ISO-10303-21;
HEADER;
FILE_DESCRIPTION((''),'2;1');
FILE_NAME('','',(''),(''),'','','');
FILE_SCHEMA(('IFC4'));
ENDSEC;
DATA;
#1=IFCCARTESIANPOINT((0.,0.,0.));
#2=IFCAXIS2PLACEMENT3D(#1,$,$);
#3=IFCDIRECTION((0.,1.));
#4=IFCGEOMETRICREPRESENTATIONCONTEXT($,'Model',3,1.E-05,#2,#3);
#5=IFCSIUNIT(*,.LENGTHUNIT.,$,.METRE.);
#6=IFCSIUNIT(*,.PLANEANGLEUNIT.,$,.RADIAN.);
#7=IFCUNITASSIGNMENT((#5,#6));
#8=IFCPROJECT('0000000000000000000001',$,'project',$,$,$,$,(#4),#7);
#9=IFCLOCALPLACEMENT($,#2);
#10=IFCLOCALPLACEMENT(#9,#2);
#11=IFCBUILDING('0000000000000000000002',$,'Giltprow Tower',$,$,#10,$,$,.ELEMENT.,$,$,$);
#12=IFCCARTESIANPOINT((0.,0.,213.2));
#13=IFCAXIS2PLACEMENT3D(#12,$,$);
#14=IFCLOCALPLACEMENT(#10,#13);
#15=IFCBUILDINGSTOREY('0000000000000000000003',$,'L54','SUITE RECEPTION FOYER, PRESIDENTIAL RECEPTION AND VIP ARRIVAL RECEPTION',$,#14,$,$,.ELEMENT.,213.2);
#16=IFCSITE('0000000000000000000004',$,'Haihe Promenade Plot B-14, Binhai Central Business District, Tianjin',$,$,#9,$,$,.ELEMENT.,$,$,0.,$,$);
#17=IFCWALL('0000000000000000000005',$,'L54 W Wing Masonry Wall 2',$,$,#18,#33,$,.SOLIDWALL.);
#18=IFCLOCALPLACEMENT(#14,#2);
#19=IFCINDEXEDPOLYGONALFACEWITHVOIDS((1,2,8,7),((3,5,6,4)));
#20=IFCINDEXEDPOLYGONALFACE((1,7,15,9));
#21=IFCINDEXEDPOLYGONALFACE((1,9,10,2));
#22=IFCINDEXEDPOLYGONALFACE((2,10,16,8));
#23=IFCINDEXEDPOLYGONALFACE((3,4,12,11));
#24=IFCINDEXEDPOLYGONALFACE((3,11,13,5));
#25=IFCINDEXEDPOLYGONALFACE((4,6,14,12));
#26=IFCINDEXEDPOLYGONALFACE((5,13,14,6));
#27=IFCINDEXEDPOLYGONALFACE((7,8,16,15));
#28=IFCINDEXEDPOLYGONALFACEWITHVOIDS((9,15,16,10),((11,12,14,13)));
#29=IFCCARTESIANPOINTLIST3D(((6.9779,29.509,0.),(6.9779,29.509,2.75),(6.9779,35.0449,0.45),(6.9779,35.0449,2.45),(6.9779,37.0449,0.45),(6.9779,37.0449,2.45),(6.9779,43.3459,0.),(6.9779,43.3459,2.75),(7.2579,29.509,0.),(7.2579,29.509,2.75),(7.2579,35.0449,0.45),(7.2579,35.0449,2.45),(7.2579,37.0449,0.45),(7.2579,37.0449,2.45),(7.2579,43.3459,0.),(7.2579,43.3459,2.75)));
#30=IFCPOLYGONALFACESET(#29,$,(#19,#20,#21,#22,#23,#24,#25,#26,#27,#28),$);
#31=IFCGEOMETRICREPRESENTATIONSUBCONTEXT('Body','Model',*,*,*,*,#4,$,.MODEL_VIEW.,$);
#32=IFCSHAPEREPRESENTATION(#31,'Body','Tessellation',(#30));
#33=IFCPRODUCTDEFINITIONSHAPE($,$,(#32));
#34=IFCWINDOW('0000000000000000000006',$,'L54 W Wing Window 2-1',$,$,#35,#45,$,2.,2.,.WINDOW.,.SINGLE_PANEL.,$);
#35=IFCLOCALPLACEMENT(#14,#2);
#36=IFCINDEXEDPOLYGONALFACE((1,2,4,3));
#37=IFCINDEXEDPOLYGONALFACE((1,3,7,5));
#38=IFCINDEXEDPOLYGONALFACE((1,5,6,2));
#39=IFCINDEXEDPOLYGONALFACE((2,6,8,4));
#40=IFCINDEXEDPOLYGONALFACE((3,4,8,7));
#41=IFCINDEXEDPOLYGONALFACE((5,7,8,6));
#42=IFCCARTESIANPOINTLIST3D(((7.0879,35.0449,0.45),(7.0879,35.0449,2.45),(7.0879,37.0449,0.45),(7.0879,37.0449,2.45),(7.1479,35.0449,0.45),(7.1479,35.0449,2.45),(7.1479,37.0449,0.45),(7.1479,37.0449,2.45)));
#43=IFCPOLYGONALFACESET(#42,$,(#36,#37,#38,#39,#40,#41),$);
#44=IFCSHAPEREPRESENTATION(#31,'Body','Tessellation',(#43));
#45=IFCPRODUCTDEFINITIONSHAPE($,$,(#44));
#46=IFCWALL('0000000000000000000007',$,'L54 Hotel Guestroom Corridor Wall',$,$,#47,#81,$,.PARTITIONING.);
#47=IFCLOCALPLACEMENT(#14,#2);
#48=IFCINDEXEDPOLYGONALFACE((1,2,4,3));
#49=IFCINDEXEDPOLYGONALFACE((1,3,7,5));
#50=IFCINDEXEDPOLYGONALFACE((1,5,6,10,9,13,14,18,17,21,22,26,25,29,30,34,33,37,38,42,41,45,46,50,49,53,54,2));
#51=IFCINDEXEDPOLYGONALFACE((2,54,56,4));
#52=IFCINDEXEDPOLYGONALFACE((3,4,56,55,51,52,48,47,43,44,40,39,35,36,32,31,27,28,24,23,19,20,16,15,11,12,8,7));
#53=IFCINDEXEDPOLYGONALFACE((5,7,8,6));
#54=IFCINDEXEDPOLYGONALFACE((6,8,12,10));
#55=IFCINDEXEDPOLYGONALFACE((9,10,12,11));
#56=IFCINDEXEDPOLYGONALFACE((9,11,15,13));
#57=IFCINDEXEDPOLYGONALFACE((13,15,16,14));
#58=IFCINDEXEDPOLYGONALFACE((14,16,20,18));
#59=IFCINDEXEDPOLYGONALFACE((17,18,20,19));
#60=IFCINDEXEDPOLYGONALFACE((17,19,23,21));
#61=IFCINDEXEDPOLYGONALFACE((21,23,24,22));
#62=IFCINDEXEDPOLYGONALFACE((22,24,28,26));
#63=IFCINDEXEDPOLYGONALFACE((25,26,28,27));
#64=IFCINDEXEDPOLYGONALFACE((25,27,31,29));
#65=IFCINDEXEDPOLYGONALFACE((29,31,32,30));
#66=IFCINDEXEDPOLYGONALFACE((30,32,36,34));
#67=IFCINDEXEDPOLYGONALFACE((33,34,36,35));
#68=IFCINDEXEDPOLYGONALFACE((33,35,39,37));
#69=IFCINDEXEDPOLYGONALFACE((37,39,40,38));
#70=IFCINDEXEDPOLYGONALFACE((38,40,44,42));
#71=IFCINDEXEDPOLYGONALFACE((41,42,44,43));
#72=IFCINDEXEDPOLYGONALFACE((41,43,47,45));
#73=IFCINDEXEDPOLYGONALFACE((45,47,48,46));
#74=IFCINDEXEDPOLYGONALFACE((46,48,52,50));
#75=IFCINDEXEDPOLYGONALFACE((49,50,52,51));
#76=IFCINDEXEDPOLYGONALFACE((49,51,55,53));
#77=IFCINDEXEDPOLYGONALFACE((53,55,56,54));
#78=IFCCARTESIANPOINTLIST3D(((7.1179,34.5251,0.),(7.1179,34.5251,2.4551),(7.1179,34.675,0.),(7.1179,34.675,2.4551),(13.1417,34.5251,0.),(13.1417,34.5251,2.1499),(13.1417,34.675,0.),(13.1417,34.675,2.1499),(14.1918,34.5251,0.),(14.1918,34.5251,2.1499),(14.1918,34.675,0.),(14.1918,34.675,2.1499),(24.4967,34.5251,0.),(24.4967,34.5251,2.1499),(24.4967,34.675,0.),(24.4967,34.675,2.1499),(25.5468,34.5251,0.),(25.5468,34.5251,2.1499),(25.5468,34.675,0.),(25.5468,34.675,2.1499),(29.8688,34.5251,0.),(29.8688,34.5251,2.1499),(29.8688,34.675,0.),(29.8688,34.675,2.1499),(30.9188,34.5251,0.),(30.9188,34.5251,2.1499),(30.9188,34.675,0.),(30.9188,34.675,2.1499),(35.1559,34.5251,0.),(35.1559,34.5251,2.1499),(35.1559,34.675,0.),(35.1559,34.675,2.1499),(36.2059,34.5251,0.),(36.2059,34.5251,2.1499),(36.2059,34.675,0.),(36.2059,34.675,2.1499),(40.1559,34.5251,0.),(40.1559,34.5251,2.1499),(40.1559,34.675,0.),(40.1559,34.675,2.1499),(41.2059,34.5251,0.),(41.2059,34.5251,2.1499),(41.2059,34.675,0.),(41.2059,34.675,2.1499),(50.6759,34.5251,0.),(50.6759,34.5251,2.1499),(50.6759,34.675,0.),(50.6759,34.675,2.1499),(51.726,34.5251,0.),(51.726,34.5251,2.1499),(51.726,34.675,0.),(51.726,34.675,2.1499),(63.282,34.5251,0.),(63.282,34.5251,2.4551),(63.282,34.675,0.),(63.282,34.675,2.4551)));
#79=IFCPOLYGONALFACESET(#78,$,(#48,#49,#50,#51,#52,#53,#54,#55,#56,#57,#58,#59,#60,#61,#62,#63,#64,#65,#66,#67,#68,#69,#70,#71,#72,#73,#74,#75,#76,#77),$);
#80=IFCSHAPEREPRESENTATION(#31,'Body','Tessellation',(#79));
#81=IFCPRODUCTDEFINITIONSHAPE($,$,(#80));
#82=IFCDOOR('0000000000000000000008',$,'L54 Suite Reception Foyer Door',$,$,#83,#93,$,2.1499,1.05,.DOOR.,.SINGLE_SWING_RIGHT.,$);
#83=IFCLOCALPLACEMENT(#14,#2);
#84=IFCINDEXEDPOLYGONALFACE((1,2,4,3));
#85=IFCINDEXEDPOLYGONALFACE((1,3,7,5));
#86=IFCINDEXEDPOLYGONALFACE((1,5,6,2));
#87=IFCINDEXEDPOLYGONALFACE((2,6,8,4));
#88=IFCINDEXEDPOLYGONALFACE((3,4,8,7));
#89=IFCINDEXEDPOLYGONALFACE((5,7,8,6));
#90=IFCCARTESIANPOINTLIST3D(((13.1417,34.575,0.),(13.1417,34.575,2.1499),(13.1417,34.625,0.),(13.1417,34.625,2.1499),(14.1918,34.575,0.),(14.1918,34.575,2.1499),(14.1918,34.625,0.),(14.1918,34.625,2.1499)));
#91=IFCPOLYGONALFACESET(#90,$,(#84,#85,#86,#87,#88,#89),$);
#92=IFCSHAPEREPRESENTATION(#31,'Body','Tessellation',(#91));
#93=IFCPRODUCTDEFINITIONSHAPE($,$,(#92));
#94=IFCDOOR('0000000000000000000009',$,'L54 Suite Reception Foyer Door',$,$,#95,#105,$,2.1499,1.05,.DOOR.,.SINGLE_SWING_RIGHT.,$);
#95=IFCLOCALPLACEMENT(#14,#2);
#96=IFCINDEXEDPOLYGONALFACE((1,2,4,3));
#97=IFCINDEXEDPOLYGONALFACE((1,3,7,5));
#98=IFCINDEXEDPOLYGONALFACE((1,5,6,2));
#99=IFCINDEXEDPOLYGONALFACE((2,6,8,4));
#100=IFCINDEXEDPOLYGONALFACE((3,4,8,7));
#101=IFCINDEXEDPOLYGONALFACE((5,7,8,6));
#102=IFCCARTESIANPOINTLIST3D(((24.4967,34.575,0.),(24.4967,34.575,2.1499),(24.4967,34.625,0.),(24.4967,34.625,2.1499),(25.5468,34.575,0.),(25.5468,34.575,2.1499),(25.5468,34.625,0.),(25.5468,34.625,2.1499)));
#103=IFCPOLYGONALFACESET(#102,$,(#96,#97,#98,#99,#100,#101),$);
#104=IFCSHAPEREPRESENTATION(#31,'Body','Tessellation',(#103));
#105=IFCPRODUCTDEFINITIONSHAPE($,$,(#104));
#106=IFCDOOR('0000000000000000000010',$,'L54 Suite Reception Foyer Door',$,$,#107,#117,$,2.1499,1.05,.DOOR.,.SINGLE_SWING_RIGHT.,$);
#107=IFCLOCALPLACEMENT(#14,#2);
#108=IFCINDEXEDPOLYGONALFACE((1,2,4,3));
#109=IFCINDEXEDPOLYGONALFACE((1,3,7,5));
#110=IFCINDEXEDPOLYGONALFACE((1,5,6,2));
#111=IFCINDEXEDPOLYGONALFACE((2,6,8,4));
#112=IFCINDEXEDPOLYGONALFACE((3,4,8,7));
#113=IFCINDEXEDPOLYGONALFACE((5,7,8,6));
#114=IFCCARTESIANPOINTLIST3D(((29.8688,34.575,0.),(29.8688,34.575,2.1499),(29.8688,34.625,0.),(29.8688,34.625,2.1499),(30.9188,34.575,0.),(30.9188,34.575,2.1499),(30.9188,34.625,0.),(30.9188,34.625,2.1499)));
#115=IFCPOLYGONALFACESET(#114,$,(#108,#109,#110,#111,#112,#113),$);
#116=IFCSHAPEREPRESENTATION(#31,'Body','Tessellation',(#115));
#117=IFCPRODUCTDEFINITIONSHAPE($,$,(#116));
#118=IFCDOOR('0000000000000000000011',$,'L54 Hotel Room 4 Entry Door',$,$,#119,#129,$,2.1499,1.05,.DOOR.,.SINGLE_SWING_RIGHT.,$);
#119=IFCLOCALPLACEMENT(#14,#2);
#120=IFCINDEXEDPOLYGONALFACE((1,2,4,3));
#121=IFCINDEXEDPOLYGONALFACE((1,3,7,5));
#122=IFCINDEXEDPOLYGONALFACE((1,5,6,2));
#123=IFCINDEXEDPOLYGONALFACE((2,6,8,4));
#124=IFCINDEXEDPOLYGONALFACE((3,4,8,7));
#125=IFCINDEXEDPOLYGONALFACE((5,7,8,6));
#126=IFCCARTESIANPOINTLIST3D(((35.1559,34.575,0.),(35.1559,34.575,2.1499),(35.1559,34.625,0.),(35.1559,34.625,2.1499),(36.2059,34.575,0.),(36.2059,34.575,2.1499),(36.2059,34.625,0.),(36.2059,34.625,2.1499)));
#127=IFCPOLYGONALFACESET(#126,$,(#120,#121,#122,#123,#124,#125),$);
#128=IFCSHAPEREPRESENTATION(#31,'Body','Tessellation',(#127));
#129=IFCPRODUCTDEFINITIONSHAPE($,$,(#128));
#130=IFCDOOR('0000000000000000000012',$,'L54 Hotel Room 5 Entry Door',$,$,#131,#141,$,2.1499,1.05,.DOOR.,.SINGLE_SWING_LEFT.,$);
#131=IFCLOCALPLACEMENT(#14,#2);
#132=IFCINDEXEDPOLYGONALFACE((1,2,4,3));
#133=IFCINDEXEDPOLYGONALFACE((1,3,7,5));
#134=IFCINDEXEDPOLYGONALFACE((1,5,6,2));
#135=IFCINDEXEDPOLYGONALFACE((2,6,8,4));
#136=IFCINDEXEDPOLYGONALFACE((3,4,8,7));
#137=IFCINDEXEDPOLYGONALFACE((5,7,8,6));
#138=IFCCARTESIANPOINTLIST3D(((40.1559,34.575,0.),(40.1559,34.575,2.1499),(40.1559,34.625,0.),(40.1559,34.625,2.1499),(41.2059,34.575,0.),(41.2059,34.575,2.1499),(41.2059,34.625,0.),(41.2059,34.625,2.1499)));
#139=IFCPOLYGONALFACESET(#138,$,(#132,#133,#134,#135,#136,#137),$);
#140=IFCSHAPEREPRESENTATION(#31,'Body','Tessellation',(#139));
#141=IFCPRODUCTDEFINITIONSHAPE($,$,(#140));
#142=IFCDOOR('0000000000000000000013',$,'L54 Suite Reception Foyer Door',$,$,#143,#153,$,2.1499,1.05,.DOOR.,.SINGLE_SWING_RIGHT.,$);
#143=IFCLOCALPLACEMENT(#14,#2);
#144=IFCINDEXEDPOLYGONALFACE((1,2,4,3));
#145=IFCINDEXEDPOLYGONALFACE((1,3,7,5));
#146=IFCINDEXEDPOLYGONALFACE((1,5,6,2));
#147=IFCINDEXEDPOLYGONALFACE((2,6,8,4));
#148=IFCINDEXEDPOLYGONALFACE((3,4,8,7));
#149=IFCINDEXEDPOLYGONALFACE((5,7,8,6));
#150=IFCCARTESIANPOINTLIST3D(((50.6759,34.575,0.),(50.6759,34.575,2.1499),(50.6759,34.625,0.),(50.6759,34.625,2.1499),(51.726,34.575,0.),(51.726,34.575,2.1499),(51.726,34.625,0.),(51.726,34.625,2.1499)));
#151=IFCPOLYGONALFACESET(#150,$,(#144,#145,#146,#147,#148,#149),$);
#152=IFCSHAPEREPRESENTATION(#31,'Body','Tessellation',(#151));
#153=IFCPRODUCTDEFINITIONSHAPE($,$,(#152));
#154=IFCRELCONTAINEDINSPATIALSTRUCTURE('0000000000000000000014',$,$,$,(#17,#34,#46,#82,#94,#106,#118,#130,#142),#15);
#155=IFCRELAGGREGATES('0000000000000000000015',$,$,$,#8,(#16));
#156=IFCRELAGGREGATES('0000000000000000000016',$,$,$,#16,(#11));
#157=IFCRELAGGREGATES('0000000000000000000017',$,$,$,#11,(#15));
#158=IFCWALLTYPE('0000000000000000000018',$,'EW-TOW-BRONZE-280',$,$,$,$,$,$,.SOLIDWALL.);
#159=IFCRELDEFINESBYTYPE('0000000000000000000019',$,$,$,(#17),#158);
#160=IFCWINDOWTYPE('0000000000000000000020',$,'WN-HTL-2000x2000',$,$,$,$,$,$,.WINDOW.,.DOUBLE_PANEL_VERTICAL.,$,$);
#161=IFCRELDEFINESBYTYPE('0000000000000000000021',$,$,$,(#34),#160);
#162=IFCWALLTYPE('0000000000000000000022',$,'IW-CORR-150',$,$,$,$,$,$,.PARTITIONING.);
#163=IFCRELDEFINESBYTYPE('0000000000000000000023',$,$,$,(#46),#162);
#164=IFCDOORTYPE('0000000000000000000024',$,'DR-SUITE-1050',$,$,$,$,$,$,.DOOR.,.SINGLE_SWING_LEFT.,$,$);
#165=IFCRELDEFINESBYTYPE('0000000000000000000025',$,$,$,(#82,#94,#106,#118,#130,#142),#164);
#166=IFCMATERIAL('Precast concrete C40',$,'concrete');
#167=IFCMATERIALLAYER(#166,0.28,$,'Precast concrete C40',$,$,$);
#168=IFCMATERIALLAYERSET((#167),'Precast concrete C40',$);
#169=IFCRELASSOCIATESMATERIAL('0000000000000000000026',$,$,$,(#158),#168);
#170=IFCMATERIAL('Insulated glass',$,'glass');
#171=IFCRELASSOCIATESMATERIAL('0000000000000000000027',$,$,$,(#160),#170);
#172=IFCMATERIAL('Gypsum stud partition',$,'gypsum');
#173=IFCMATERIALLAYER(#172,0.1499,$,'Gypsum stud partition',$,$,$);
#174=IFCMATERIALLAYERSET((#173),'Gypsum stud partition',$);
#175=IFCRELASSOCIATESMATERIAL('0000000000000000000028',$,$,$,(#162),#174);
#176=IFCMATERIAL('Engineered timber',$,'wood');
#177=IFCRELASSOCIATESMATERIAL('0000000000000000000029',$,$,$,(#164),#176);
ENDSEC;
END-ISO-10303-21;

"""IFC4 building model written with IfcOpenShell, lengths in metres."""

from ifc_helpers import new_model, si_unit, direction, frame, frame_2d, origin, place, context, subcontext, project, spatial, rectangle, extrude, source, transform, mapped, material, layer, layer_set, type_object, element, fill, save


model = new_model("IFC4")

# Units and contexts
model_context = context("Model", 3, precision=1e-05, world=origin(), true_north=direction((0.0, 1.0)))
body_context = subcontext(model_context, "Body", "Model", "MODEL_VIEW")
ifc_project = project(units=[si_unit("LENGTHUNIT", "METRE"), si_unit("PLANEANGLEUNIT", "RADIAN")], contexts=[model_context])

# Site, building, storey
site_placement = place(None, origin())
site = spatial("IfcSite", under=ifc_project, at=site_placement, Name="Haihe Promenade Plot B-14, Binhai Central Business District, Tianjin", CompositionType="ELEMENT", RefElevation=0.0)
building_placement = place(site_placement, origin())
building = spatial("IfcBuilding", under=site, at=building_placement, Name="Giltprow Tower", CompositionType="ELEMENT")
storey_placement = place(building_placement, frame((0.0, 0.0, 213.2)))
storey = spatial("IfcBuildingStorey", under=building, at=storey_placement, Name="L54", Description="SUITE RECEPTION FOYER, PRESIDENTIAL RECEPTION AND VIP ARRIVAL RECEPTION", CompositionType="ELEMENT", Elevation=213.2)

# Wall, opening, window
ifc_material_1 = material(Name="Precast concrete C40", Category="concrete")
ifc_layer_1 = layer(ifc_material_1, 0.28, Name="Precast concrete C40")
ifc_layer_set_1 = layer_set([ifc_layer_1], Name="Precast concrete C40")
wall_type_1 = type_object("IfcWallType", Name="EW-TOW-BRONZE-280", PredefinedType="SOLIDWALL", material=ifc_layer_set_1)
wall_1_placement = place(storey_placement, frame((7.1179, 29.509, 0.0), z_axis=(0.0, 0.0, 1.0), x_axis=(0.0, 1.0, 0.0)))
wall_1 = element("IfcWall", 1, at=wall_1_placement, inside=storey, type_object=wall_type_1, Name="L54 W Wing Masonry Wall 2", PredefinedType="SOLIDWALL", context=body_context, shape_type="SweptSolid", body=[
    extrude(rectangle(XDim=13.8369, YDim=0.28, at=frame_2d((6.9185, 0.0))), origin(), (0.0, 0.0, 1.0), 2.75),
])
opening_1_placement = place(wall_1_placement, frame((5.5359, 0.0, 0.45)))
opening_1 = element("IfcOpeningElement", 2, at=opening_1_placement, cuts=wall_1, PredefinedType="OPENING", context=body_context, shape_type="SweptSolid", body=[
    extrude(rectangle(XDim=2.0, YDim=2.0, at=frame_2d((1.0, 1.0))), frame((0.0, 0.1499, 0.0), z_axis=(0.0, -1.0, 0.0), x_axis=(1.0, 0.0, 0.0)), (0.0, 0.0, 1.0), 0.3),
])
ifc_material_2 = material(Name="Insulated glass", Category="glass")
window_type = type_object("IfcWindowType", Name="WN-HTL-2000x2000", PartitioningType="DOUBLE_PANEL_VERTICAL", PredefinedType="WINDOW", material=ifc_material_2)
shared_shape_1 = source(origin(), body_context, "Body", "SweptSolid", [
    extrude(rectangle(XDim=2.0, YDim=2.0, at=frame_2d((1.0, 1.0))), frame((0.0, 0.03, 0.0), z_axis=(0.0, -1.0, 0.0), x_axis=(1.0, 0.0, 0.0)), (0.0, 0.0, 1.0), 0.0601),
])
window_placement = place(opening_1_placement, origin())
window = element("IfcWindow", 3, at=window_placement, inside=storey, type_object=window_type, Name="L54 W Wing Window 2-1", OverallHeight=2.0, OverallWidth=2.0, PartitioningType="SINGLE_PANEL", PredefinedType="WINDOW", context=body_context, shape_type="MappedRepresentation", body=[
    mapped(shared_shape_1, transform((0.0, 0.0, 0.0), x_axis=(1.0, 0.0, 0.0), y_axis=(0.0, 1.0, 0.0), z_axis=(0.0, 0.0, 1.0), scale=1.0)),
])
fill(opening_1, window)

# Wall, openings, doors
ifc_material_3 = material(Name="Gypsum stud partition", Category="gypsum")
ifc_layer_2 = layer(ifc_material_3, 0.1499, Name="Gypsum stud partition")
ifc_layer_set_2 = layer_set([ifc_layer_2], Name="Gypsum stud partition")
wall_type_2 = type_object("IfcWallType", Name="IW-CORR-150", PredefinedType="PARTITIONING", material=ifc_layer_set_2)
wall_2_placement = place(storey_placement, frame((7.1179, 34.6001, 0.0), z_axis=(0.0, 0.0, 1.0), x_axis=(1.0, 0.0, 0.0)))
wall_2 = element("IfcWall", 4, at=wall_2_placement, inside=storey, type_object=wall_type_2, Name="L54 Hotel Guestroom Corridor Wall", PredefinedType="PARTITIONING", context=body_context, shape_type="SweptSolid", body=[
    extrude(rectangle(XDim=56.1641, YDim=0.1499, at=frame_2d((28.082, 0.0))), origin(), (0.0, 0.0, 1.0), 2.4551),
])
opening_2_placement = place(wall_2_placement, frame((6.0239, 0.0, 0.0)))
opening_2 = element("IfcOpeningElement", 5, at=opening_2_placement, cuts=wall_2, PredefinedType="OPENING", context=body_context, shape_type="SweptSolid", body=[
    extrude(rectangle(XDim=1.05, YDim=2.1499, at=frame_2d((0.5249, 1.075))), frame((0.0, 0.085, 0.0), z_axis=(0.0, -1.0, 0.0), x_axis=(1.0, 0.0, 0.0)), (0.0, 0.0, 1.0), 0.1699),
])
opening_3_placement = place(wall_2_placement, frame((17.3789, 0.0, 0.0)))
opening_3 = element("IfcOpeningElement", 6, at=opening_3_placement, cuts=wall_2, PredefinedType="OPENING", context=body_context, shape_type="SweptSolid", body=[
    extrude(rectangle(XDim=1.05, YDim=2.1499, at=frame_2d((0.5249, 1.075))), frame((0.0, 0.085, 0.0), z_axis=(0.0, -1.0, 0.0), x_axis=(1.0, 0.0, 0.0)), (0.0, 0.0, 1.0), 0.1699),
])
opening_4_placement = place(wall_2_placement, frame((22.751, 0.0, 0.0)))
opening_4 = element("IfcOpeningElement", 7, at=opening_4_placement, cuts=wall_2, PredefinedType="OPENING", context=body_context, shape_type="SweptSolid", body=[
    extrude(rectangle(XDim=1.05, YDim=2.1499, at=frame_2d((0.5249, 1.075))), frame((0.0, 0.085, 0.0), z_axis=(0.0, -1.0, 0.0), x_axis=(1.0, 0.0, 0.0)), (0.0, 0.0, 1.0), 0.1699),
])
opening_5_placement = place(wall_2_placement, frame((28.0381, 0.0, 0.0)))
opening_5 = element("IfcOpeningElement", 8, at=opening_5_placement, cuts=wall_2, PredefinedType="OPENING", context=body_context, shape_type="SweptSolid", body=[
    extrude(rectangle(XDim=1.05, YDim=2.1499, at=frame_2d((0.5249, 1.075))), frame((0.0, 0.085, 0.0), z_axis=(0.0, -1.0, 0.0), x_axis=(1.0, 0.0, 0.0)), (0.0, 0.0, 1.0), 0.1699),
])
opening_6_placement = place(wall_2_placement, frame((33.0381, 0.0, 0.0)))
opening_6 = element("IfcOpeningElement", 9, at=opening_6_placement, cuts=wall_2, PredefinedType="OPENING", context=body_context, shape_type="SweptSolid", body=[
    extrude(rectangle(XDim=1.05, YDim=2.1499, at=frame_2d((0.5249, 1.075))), frame((0.0, 0.085, 0.0), z_axis=(0.0, -1.0, 0.0), x_axis=(1.0, 0.0, 0.0)), (0.0, 0.0, 1.0), 0.1699),
])
opening_7_placement = place(wall_2_placement, frame((43.5581, 0.0, 0.0)))
opening_7 = element("IfcOpeningElement", 10, at=opening_7_placement, cuts=wall_2, PredefinedType="OPENING", context=body_context, shape_type="SweptSolid", body=[
    extrude(rectangle(XDim=1.05, YDim=2.1499, at=frame_2d((0.5249, 1.075))), frame((0.0, 0.085, 0.0), z_axis=(0.0, -1.0, 0.0), x_axis=(1.0, 0.0, 0.0)), (0.0, 0.0, 1.0), 0.1699),
])
ifc_material_4 = material(Name="Engineered timber", Category="wood")
door_type_1 = type_object("IfcDoorType", Name="DR-SUITE-1050", OperationType="SINGLE_SWING_LEFT", PredefinedType="DOOR", material=ifc_material_4)
shared_shape_2 = source(origin(), body_context, "Body", "SweptSolid", [
    extrude(rectangle(XDim=1.05, YDim=2.1499, at=frame_2d((0.5249, 1.075))), frame((0.0, 0.0249, 0.0), z_axis=(0.0, -1.0, 0.0), x_axis=(1.0, 0.0, 0.0)), (0.0, 0.0, 1.0), 0.05),
])
door_1_placement = place(opening_2_placement, origin())
door_1 = element("IfcDoor", 11, at=door_1_placement, inside=storey, type_object=door_type_1, Name="L54 Suite Reception Foyer Door", OperationType="SINGLE_SWING_RIGHT", OverallHeight=2.1499, OverallWidth=1.05, PredefinedType="DOOR", context=body_context, shape_type="MappedRepresentation", body=[
    mapped(shared_shape_2, transform((0.0, 0.0, 0.0), x_axis=(1.0, 0.0, 0.0), y_axis=(0.0, 1.0, 0.0), z_axis=(0.0, 0.0, 1.0), scale=1.0)),
])
fill(opening_2, door_1)
door_2_placement = place(opening_3_placement, origin())
door_2 = element("IfcDoor", 12, at=door_2_placement, inside=storey, type_object=door_type_1, Name="L54 Suite Reception Foyer Door", OperationType="SINGLE_SWING_RIGHT", OverallHeight=2.1499, OverallWidth=1.05, PredefinedType="DOOR", context=body_context, shape_type="MappedRepresentation", body=[
    mapped(shared_shape_2, transform((0.0, 0.0, 0.0), x_axis=(1.0, 0.0, 0.0), y_axis=(0.0, 1.0, 0.0), z_axis=(0.0, 0.0, 1.0), scale=1.0)),
])
fill(opening_3, door_2)
door_3_placement = place(opening_4_placement, origin())
door_3 = element("IfcDoor", 13, at=door_3_placement, inside=storey, type_object=door_type_1, Name="L54 Suite Reception Foyer Door", OperationType="SINGLE_SWING_RIGHT", OverallHeight=2.1499, OverallWidth=1.05, PredefinedType="DOOR", context=body_context, shape_type="MappedRepresentation", body=[
    mapped(shared_shape_2, transform((0.0, 0.0, 0.0), x_axis=(1.0, 0.0, 0.0), y_axis=(0.0, 1.0, 0.0), z_axis=(0.0, 0.0, 1.0), scale=1.0)),
])
fill(opening_4, door_3)
door_4_placement = place(opening_5_placement, origin())
door_4 = element("IfcDoor", 14, at=door_4_placement, inside=storey, type_object=door_type_1, Name="L54 Hotel Room 4 Entry Door", OperationType="SINGLE_SWING_RIGHT", OverallHeight=2.1499, OverallWidth=1.05, PredefinedType="DOOR", context=body_context, shape_type="MappedRepresentation", body=[
    mapped(shared_shape_2, transform((0.0, 0.0, 0.0), x_axis=(1.0, 0.0, 0.0), y_axis=(0.0, 1.0, 0.0), z_axis=(0.0, 0.0, 1.0), scale=1.0)),
])
fill(opening_5, door_4)
door_5_placement = place(opening_6_placement, origin())
door_5 = element("IfcDoor", 15, at=door_5_placement, inside=storey, type_object=door_type_1, Name="L54 Hotel Room 5 Entry Door", OperationType="SINGLE_SWING_LEFT", OverallHeight=2.1499, OverallWidth=1.05, PredefinedType="DOOR", context=body_context, shape_type="MappedRepresentation", body=[
    mapped(shared_shape_2, transform((0.0, 0.0, 0.0), x_axis=(1.0, 0.0, 0.0), y_axis=(0.0, 1.0, 0.0), z_axis=(0.0, 0.0, 1.0), scale=1.0)),
])
fill(opening_6, door_5)
door_6_placement = place(opening_7_placement, origin())
door_6 = element("IfcDoor", 16, at=door_6_placement, inside=storey, type_object=door_type_1, Name="L54 Suite Reception Foyer Door", OperationType="SINGLE_SWING_RIGHT", OverallHeight=2.1499, OverallWidth=1.05, PredefinedType="DOOR", context=body_context, shape_type="MappedRepresentation", body=[
    mapped(shared_shape_2, transform((0.0, 0.0, 0.0), x_axis=(1.0, 0.0, 0.0), y_axis=(0.0, 1.0, 0.0), z_axis=(0.0, 0.0, 1.0), scale=1.0)),
])
fill(opening_7, door_6)

save(model, "model.ifc")
